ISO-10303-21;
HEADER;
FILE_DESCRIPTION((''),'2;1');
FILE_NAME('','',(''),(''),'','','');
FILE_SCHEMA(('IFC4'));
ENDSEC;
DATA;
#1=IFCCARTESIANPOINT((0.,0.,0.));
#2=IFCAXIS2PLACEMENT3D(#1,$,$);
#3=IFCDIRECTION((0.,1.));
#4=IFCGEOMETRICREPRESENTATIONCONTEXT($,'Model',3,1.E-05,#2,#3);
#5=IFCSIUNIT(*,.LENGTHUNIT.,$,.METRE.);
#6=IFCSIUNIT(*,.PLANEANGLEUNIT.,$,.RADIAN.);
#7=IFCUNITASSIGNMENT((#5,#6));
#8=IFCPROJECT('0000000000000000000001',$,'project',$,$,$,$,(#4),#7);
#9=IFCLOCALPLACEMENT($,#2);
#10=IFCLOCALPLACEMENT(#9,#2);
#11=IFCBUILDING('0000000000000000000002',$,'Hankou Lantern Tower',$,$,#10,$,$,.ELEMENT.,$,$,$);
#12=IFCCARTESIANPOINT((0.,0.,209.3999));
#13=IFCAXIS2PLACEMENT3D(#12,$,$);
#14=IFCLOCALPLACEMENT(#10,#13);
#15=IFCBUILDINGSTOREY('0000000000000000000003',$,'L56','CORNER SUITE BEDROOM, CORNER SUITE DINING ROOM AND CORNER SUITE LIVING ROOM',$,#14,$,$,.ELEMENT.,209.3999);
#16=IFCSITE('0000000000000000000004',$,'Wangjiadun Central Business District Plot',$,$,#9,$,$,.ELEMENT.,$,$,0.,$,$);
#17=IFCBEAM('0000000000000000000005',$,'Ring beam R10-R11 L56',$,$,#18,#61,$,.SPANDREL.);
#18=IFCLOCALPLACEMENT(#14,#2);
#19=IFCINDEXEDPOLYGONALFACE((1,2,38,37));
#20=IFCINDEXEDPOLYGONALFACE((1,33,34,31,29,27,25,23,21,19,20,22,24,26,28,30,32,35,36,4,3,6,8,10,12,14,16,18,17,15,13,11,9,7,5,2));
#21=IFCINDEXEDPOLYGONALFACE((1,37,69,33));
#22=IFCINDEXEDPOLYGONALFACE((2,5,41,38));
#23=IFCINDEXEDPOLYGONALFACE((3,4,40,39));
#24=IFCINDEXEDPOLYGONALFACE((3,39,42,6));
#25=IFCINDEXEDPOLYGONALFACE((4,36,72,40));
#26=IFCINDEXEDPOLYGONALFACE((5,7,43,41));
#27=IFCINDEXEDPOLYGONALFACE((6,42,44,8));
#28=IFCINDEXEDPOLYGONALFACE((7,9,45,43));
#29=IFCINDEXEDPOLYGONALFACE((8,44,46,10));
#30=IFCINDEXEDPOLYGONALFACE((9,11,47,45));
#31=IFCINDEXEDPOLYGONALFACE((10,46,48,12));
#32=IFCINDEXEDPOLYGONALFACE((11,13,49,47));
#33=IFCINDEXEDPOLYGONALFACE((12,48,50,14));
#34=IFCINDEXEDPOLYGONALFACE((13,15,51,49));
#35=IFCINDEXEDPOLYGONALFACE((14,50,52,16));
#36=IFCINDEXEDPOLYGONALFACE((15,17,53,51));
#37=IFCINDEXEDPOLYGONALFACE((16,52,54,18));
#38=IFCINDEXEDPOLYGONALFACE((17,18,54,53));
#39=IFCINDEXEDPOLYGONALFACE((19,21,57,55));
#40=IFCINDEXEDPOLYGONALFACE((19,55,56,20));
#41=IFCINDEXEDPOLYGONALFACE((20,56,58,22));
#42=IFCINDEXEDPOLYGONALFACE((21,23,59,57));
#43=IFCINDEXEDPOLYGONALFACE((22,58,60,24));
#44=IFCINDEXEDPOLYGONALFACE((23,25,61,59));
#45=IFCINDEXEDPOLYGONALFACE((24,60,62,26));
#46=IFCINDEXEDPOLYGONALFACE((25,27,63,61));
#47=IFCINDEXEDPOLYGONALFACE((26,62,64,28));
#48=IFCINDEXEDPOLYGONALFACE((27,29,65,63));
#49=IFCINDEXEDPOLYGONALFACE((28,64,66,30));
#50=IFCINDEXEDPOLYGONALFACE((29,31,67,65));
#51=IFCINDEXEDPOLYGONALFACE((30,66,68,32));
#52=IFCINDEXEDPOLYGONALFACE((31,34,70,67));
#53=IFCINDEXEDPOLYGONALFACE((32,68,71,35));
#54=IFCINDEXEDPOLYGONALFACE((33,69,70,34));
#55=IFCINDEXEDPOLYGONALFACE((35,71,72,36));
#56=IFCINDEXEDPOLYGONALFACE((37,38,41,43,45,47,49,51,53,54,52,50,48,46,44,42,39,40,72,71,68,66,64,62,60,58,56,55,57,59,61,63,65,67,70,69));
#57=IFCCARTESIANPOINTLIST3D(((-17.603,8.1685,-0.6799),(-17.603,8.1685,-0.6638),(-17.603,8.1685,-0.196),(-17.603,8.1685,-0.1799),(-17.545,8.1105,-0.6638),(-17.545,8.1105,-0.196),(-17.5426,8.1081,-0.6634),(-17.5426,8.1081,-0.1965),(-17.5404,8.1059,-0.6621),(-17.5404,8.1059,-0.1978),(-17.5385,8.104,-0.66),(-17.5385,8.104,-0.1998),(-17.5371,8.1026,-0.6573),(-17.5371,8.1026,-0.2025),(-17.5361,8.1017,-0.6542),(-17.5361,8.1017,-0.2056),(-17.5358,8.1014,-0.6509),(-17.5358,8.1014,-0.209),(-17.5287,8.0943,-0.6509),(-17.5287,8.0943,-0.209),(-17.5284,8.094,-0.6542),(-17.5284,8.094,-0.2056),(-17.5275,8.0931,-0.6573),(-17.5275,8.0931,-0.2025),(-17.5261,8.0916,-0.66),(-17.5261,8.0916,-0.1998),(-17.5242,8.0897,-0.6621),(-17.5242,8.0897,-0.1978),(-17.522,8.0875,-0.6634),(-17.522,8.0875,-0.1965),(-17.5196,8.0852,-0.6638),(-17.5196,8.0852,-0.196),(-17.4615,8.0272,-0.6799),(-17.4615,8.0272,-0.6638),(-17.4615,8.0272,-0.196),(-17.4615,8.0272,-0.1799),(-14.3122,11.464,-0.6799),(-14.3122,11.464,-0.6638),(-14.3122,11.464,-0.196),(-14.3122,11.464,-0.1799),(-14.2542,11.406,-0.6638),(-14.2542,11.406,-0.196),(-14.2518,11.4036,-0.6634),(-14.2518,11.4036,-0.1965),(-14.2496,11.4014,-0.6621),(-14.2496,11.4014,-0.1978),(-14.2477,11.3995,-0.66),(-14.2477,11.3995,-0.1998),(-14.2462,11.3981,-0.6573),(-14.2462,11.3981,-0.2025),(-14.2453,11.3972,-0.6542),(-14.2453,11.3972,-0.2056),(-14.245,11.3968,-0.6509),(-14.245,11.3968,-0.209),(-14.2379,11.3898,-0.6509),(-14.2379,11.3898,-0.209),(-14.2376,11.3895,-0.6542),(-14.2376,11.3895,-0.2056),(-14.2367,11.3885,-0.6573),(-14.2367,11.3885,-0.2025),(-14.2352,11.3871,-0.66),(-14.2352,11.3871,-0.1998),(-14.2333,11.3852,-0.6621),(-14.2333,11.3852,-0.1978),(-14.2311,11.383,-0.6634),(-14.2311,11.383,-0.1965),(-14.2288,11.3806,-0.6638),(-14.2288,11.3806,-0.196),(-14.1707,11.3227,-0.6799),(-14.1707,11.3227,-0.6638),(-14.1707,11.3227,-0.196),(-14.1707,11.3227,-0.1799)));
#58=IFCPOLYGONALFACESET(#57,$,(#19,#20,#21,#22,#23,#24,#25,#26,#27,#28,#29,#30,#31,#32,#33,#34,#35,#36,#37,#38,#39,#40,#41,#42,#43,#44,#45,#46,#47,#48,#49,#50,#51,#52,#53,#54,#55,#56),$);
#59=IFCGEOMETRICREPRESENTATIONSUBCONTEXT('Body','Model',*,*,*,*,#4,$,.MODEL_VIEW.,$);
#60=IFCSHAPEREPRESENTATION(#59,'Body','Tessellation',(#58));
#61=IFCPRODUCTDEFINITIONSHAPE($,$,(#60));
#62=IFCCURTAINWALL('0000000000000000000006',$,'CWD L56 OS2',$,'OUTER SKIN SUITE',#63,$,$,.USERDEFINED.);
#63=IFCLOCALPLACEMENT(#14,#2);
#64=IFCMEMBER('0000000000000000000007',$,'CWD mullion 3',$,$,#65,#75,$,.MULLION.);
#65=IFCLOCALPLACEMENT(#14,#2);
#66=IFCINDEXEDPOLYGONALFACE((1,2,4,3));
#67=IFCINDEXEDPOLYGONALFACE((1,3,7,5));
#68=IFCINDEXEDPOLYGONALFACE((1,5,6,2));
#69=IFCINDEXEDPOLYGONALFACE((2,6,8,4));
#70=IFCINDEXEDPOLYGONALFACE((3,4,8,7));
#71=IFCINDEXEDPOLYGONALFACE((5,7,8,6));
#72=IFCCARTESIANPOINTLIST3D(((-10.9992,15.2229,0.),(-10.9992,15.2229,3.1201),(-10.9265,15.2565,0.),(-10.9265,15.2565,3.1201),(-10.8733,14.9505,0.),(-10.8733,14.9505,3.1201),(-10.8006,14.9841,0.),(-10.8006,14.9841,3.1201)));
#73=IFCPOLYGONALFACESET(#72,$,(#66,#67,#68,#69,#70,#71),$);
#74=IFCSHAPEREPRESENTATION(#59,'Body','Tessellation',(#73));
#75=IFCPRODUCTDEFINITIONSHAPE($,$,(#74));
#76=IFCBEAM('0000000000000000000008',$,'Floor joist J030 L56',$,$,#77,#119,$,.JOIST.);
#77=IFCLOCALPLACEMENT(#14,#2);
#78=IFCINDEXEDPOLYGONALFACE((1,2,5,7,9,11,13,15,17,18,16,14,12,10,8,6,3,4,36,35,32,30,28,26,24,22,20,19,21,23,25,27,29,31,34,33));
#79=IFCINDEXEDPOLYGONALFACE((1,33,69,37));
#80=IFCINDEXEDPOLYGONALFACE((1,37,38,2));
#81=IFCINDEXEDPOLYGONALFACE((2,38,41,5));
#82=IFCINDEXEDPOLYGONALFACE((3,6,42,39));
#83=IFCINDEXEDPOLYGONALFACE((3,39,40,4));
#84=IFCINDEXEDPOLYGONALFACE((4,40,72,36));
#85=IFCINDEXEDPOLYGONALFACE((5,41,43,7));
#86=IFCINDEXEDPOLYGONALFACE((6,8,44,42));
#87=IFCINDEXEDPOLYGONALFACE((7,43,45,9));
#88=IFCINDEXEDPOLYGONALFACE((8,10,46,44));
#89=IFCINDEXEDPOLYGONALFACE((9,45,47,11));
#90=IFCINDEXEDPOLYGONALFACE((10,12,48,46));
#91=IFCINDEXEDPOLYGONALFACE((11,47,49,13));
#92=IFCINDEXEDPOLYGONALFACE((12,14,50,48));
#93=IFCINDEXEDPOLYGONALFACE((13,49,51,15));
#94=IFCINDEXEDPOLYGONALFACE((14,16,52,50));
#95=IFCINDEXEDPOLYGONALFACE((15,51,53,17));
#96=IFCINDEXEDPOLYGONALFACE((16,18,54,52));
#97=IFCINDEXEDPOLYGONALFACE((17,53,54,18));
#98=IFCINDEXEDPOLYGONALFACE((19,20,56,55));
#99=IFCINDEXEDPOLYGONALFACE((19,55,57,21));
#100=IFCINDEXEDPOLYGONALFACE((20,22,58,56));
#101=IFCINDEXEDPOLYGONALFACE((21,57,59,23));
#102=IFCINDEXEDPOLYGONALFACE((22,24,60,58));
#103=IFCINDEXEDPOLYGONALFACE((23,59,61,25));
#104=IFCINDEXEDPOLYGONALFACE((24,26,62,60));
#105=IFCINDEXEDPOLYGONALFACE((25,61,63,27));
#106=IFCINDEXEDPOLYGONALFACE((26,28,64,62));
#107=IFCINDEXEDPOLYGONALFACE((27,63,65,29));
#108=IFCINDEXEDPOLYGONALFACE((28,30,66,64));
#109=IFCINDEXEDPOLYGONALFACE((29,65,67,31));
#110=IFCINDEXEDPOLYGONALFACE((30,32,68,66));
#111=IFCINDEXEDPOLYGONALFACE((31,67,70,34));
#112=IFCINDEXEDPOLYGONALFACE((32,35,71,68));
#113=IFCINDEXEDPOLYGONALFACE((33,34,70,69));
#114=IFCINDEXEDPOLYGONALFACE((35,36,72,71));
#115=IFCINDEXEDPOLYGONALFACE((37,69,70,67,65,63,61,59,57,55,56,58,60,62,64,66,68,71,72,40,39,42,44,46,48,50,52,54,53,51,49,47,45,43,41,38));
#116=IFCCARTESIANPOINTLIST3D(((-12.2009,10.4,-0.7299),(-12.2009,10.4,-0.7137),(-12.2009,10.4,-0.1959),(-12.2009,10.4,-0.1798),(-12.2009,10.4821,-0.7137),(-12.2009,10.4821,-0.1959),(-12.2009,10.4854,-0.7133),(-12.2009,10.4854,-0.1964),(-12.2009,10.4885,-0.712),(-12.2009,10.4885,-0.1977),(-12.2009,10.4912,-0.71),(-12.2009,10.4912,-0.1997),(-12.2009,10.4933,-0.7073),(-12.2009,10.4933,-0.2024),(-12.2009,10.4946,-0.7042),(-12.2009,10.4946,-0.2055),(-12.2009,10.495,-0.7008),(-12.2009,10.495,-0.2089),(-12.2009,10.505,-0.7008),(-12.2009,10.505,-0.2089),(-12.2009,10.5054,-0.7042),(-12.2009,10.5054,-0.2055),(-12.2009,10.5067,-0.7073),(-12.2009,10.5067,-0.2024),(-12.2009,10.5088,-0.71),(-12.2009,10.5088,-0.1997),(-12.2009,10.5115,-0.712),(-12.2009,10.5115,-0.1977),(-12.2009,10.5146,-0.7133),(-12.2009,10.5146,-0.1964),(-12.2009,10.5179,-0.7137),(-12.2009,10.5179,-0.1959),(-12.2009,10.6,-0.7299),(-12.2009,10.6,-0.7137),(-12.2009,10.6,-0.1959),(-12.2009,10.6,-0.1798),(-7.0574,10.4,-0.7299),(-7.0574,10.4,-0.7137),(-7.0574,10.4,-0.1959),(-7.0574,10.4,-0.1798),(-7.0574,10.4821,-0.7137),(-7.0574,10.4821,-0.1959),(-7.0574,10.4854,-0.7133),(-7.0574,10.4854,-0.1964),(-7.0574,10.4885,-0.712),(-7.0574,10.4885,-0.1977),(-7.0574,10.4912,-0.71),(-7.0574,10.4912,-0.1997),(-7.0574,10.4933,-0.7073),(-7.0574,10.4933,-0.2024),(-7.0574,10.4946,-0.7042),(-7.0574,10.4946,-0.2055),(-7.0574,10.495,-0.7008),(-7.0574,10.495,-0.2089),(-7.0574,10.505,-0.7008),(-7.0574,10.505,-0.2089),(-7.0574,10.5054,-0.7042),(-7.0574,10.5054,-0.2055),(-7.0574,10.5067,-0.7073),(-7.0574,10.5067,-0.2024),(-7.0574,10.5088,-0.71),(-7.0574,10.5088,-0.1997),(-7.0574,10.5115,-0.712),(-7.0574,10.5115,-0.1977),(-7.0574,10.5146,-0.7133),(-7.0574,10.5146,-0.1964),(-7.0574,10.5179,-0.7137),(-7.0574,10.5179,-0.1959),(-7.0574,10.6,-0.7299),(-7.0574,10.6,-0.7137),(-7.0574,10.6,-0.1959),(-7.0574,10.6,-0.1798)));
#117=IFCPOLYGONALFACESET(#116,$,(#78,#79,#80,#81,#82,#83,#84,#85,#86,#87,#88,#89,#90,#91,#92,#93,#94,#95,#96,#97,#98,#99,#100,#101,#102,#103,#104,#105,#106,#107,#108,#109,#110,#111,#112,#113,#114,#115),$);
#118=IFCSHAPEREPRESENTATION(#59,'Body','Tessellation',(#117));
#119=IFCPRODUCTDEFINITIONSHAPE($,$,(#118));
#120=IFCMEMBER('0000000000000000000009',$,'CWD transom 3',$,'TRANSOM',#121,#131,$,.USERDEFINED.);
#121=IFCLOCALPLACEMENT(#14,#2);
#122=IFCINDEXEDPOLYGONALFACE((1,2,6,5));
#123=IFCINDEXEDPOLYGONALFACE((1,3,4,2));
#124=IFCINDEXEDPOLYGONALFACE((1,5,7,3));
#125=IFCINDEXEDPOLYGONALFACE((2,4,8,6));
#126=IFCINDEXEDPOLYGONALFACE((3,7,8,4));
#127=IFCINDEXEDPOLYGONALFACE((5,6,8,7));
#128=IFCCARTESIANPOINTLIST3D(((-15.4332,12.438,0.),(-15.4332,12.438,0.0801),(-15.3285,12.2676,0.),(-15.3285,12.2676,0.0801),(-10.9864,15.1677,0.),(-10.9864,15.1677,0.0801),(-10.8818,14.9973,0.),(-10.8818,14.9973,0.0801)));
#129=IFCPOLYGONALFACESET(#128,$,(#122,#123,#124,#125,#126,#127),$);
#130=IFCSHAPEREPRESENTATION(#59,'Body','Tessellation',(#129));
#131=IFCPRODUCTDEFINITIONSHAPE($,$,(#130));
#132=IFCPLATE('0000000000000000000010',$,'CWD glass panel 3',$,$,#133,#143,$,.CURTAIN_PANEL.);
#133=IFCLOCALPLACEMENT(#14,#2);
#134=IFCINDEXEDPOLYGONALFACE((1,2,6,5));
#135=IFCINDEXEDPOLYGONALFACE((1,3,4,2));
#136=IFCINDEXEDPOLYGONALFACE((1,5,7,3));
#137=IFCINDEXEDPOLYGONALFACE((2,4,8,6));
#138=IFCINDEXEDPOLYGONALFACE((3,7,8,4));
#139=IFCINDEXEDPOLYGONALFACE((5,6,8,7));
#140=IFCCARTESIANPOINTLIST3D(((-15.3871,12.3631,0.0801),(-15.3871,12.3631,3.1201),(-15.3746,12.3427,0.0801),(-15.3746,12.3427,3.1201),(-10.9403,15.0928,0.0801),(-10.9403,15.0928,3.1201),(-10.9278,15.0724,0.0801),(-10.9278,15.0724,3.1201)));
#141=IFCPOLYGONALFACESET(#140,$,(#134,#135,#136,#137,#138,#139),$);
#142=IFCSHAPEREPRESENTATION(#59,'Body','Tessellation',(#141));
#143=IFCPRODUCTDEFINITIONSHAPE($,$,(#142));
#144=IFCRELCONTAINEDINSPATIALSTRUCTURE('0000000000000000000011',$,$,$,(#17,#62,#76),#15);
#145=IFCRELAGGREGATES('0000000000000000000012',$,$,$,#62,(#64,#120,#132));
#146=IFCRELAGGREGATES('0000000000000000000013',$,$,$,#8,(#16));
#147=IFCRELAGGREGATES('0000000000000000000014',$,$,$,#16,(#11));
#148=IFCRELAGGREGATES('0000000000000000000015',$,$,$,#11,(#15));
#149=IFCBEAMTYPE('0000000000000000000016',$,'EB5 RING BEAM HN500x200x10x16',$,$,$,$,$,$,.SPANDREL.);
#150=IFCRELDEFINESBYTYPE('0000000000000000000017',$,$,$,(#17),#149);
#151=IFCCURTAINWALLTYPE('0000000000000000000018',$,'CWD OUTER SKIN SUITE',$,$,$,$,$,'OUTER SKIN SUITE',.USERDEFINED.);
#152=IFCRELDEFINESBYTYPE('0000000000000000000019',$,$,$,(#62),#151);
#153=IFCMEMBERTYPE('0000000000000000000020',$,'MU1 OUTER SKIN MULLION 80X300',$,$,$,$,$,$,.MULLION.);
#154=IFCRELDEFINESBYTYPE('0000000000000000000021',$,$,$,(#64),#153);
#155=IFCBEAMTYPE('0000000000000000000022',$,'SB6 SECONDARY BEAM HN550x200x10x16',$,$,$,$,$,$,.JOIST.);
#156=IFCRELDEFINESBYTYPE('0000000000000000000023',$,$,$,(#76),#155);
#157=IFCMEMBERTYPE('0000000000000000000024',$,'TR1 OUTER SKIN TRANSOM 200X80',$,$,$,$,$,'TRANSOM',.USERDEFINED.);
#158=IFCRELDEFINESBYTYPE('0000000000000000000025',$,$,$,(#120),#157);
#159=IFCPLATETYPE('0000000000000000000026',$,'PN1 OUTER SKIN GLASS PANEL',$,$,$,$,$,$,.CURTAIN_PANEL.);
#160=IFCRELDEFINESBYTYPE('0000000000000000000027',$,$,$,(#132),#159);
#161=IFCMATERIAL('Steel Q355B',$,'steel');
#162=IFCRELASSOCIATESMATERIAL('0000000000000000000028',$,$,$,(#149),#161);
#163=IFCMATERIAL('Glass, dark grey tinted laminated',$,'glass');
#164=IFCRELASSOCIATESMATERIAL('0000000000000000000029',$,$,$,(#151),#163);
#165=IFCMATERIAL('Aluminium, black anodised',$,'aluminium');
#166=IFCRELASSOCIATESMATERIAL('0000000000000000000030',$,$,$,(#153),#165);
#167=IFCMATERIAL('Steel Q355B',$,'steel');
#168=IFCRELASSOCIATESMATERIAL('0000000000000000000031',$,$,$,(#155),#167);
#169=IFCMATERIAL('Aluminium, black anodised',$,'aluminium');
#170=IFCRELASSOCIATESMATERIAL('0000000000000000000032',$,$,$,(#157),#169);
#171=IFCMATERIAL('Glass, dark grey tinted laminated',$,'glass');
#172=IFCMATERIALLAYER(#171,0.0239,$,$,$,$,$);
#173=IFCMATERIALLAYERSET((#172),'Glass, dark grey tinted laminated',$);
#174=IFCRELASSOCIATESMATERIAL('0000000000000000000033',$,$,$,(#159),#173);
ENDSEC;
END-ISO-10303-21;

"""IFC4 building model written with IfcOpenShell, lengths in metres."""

from ifc_helpers import new_model, si_unit, direction, frame, origin, origin_2d, place, context, subcontext, project, spatial, rectangle, i_section, extrude, material, layer, layer_set, material_profile, profile_set, type_object, element, aggregate, save


model = new_model("IFC4")

# Units and contexts
model_context = context("Model", 3, precision=1e-05, world=origin(), true_north=direction((0.0, 1.0)))
body_context = subcontext(model_context, "Body", "Model", "MODEL_VIEW")
ifc_project = project(units=[si_unit("LENGTHUNIT", "METRE"), si_unit("PLANEANGLEUNIT", "RADIAN")], contexts=[model_context])

# Site, building, storey
site_placement = place(None, origin())
site = spatial("IfcSite", under=ifc_project, at=site_placement, Name="Wangjiadun Central Business District Plot", CompositionType="ELEMENT", RefElevation=0.0)
building_placement = place(site_placement, origin())
building = spatial("IfcBuilding", under=site, at=building_placement, Name="Hankou Lantern Tower", CompositionType="ELEMENT")
storey_placement = place(building_placement, frame((0.0, 0.0, 209.3999)))
storey = spatial("IfcBuildingStorey", under=building, at=storey_placement, Name="L56", Description="CORNER SUITE BEDROOM, CORNER SUITE DINING ROOM AND CORNER SUITE LIVING ROOM", CompositionType="ELEMENT", Elevation=209.3999)

# Beam
ifc_material_1 = material(Name="Steel Q355B", Category="steel")
ifc_material_profile_1 = material_profile(ifc_material_1, i_section(OverallWidth=0.2, OverallDepth=0.5, WebThickness=0.01, FlangeThickness=0.0161, FilletRadius=0.0129, at=origin_2d()), Name="HN500x200x10x16")
ifc_profile_set_1 = profile_set([ifc_material_profile_1], Name="Steel Q355B")
beam_type_1 = type_object("IfcBeamType", Name="EB5 RING BEAM HN500x200x10x16", PredefinedType="SPANDREL", material=ifc_profile_set_1)
beam_1_placement = place(storey_placement, frame((-14.2415, 11.3933, -0.4299), z_axis=(-0.706609, -0.707605, 0.0), x_axis=(0.707605, -0.706609, 0.0)))
element("IfcBeam", 1, at=beam_1_placement, inside=storey, type_object=beam_type_1, Name="Ring beam R10-R11 L56", PredefinedType="SPANDREL", context=body_context, shape_type="SweptSolid", body=[
    extrude(i_section(OverallWidth=0.2, OverallDepth=0.5, WebThickness=0.01, FlangeThickness=0.0161, FilletRadius=0.0129, at=origin_2d()), origin(), (0.0, 0.0, 1.0), 4.6572),
])

# Curtain wall, member
ifc_material_2 = material(Name="Glass, dark grey tinted laminated", Category="glass")
curtain_wall_type = type_object("IfcCurtainWallType", Name="CWD OUTER SKIN SUITE", ElementType="OUTER SKIN SUITE", PredefinedType="USERDEFINED", material=ifc_material_2)
curtain_wall_placement = place(storey_placement, origin())
curtain_wall = element("IfcCurtainWall", 2, at=curtain_wall_placement, inside=storey, type_object=curtain_wall_type, Name="CWD L56 OS2", ObjectType="OUTER SKIN SUITE", PredefinedType="USERDEFINED")
ifc_material_3 = material(Name="Aluminium, black anodised", Category="aluminium")
ifc_material_profile_2 = material_profile(ifc_material_3, rectangle(XDim=0.0801, YDim=0.3, at=origin_2d()), Name="MU1 80X300")
ifc_profile_set_2 = profile_set([ifc_material_profile_2], Name="Aluminium, black anodised")
member_type_1 = type_object("IfcMemberType", Name="MU1 OUTER SKIN MULLION 80X300", PredefinedType="MULLION", material=ifc_profile_set_2)
member_1_placement = place(storey_placement, frame((-10.8999, 15.1035, 0.0), z_axis=(0.0, 0.0, 1.0), x_axis=(-0.907841, -0.419314, 0.0)))
member_1 = element("IfcMember", 3, at=member_1_placement, type_object=member_type_1, Name="CWD mullion 3", PredefinedType="MULLION", context=body_context, shape_type="SweptSolid", body=[
    extrude(rectangle(XDim=0.0801, YDim=0.3, at=origin_2d()), origin(), (0.0, 0.0, 1.0), 3.1201),
])

# Beam
ifc_material_4 = material(Name="Steel Q355B", Category="steel")
ifc_material_profile_3 = material_profile(ifc_material_4, i_section(OverallWidth=0.2, OverallDepth=0.55, WebThickness=0.01, FlangeThickness=0.0161, FilletRadius=0.0129, at=origin_2d()), Name="HN550x200x10x16")
ifc_profile_set_3 = profile_set([ifc_material_profile_3], Name="Steel Q355B")
beam_type_2 = type_object("IfcBeamType", Name="SB6 SECONDARY BEAM HN550x200x10x16", PredefinedType="JOIST", material=ifc_profile_set_3)
beam_2_placement = place(storey_placement, frame((-12.2009, 10.5, -0.4548), z_axis=(1.0, 0.0, 0.0), x_axis=(0.0, 1.0, 0.0)))
element("IfcBeam", 4, at=beam_2_placement, inside=storey, type_object=beam_type_2, Name="Floor joist J030 L56", PredefinedType="JOIST", context=body_context, shape_type="SweptSolid", body=[
    extrude(i_section(OverallWidth=0.2, OverallDepth=0.55, WebThickness=0.01, FlangeThickness=0.0161, FilletRadius=0.0129, at=origin_2d()), origin(), (0.0, 0.0, 1.0), 5.1436),
])

# Member
ifc_material_5 = material(Name="Aluminium, black anodised", Category="aluminium")
ifc_material_profile_4 = material_profile(ifc_material_5, rectangle(XDim=0.2, YDim=0.0801, at=origin_2d()), Name="TR1 200X80")
ifc_profile_set_4 = profile_set([ifc_material_profile_4], Name="Aluminium, black anodised")
member_type_2 = type_object("IfcMemberType", Name="TR1 OUTER SKIN TRANSOM 200X80", ElementType="TRANSOM", PredefinedType="USERDEFINED", material=ifc_profile_set_4)
member_2_placement = place(storey_placement, frame((-10.9341, 15.0825, 0.04), z_axis=(-0.852235, -0.52316, 0.0), x_axis=(0.52316, -0.852235, 0.0)))
member_2 = element("IfcMember", 5, at=member_2_placement, type_object=member_type_2, Name="CWD transom 3", ObjectType="TRANSOM", PredefinedType="USERDEFINED", context=body_context, shape_type="SweptSolid", body=[
    extrude(rectangle(XDim=0.2, YDim=0.0801, at=origin_2d()), origin(), (0.0, 0.0, 1.0), 5.2178),
])

# Plate
ifc_material_6 = material(Name="Glass, dark grey tinted laminated", Category="glass")
ifc_layer_1 = layer(ifc_material_6, 0.0239)
ifc_layer_set_1 = layer_set([ifc_layer_1], Name="Glass, dark grey tinted laminated")
plate_type = type_object("IfcPlateType", Name="PN1 OUTER SKIN GLASS PANEL", PredefinedType="CURTAIN_PANEL", material=ifc_layer_set_1)
plate_placement = place(storey_placement, frame((-13.1575, 13.7178, 0.0801), z_axis=(0.0, 0.0, 1.0), x_axis=(-0.852237, -0.523156, 0.0)))
plate = element("IfcPlate", 6, at=plate_placement, type_object=plate_type, Name="CWD glass panel 3", PredefinedType="CURTAIN_PANEL", context=body_context, shape_type="SweptSolid", body=[
    extrude(rectangle(XDim=5.2178, YDim=0.0239, at=origin_2d()), origin(), (0.0, 0.0, 1.0), 3.04),
])
aggregate(curtain_wall, [member_1, member_2, plate])

save(model, "model.ifc")
